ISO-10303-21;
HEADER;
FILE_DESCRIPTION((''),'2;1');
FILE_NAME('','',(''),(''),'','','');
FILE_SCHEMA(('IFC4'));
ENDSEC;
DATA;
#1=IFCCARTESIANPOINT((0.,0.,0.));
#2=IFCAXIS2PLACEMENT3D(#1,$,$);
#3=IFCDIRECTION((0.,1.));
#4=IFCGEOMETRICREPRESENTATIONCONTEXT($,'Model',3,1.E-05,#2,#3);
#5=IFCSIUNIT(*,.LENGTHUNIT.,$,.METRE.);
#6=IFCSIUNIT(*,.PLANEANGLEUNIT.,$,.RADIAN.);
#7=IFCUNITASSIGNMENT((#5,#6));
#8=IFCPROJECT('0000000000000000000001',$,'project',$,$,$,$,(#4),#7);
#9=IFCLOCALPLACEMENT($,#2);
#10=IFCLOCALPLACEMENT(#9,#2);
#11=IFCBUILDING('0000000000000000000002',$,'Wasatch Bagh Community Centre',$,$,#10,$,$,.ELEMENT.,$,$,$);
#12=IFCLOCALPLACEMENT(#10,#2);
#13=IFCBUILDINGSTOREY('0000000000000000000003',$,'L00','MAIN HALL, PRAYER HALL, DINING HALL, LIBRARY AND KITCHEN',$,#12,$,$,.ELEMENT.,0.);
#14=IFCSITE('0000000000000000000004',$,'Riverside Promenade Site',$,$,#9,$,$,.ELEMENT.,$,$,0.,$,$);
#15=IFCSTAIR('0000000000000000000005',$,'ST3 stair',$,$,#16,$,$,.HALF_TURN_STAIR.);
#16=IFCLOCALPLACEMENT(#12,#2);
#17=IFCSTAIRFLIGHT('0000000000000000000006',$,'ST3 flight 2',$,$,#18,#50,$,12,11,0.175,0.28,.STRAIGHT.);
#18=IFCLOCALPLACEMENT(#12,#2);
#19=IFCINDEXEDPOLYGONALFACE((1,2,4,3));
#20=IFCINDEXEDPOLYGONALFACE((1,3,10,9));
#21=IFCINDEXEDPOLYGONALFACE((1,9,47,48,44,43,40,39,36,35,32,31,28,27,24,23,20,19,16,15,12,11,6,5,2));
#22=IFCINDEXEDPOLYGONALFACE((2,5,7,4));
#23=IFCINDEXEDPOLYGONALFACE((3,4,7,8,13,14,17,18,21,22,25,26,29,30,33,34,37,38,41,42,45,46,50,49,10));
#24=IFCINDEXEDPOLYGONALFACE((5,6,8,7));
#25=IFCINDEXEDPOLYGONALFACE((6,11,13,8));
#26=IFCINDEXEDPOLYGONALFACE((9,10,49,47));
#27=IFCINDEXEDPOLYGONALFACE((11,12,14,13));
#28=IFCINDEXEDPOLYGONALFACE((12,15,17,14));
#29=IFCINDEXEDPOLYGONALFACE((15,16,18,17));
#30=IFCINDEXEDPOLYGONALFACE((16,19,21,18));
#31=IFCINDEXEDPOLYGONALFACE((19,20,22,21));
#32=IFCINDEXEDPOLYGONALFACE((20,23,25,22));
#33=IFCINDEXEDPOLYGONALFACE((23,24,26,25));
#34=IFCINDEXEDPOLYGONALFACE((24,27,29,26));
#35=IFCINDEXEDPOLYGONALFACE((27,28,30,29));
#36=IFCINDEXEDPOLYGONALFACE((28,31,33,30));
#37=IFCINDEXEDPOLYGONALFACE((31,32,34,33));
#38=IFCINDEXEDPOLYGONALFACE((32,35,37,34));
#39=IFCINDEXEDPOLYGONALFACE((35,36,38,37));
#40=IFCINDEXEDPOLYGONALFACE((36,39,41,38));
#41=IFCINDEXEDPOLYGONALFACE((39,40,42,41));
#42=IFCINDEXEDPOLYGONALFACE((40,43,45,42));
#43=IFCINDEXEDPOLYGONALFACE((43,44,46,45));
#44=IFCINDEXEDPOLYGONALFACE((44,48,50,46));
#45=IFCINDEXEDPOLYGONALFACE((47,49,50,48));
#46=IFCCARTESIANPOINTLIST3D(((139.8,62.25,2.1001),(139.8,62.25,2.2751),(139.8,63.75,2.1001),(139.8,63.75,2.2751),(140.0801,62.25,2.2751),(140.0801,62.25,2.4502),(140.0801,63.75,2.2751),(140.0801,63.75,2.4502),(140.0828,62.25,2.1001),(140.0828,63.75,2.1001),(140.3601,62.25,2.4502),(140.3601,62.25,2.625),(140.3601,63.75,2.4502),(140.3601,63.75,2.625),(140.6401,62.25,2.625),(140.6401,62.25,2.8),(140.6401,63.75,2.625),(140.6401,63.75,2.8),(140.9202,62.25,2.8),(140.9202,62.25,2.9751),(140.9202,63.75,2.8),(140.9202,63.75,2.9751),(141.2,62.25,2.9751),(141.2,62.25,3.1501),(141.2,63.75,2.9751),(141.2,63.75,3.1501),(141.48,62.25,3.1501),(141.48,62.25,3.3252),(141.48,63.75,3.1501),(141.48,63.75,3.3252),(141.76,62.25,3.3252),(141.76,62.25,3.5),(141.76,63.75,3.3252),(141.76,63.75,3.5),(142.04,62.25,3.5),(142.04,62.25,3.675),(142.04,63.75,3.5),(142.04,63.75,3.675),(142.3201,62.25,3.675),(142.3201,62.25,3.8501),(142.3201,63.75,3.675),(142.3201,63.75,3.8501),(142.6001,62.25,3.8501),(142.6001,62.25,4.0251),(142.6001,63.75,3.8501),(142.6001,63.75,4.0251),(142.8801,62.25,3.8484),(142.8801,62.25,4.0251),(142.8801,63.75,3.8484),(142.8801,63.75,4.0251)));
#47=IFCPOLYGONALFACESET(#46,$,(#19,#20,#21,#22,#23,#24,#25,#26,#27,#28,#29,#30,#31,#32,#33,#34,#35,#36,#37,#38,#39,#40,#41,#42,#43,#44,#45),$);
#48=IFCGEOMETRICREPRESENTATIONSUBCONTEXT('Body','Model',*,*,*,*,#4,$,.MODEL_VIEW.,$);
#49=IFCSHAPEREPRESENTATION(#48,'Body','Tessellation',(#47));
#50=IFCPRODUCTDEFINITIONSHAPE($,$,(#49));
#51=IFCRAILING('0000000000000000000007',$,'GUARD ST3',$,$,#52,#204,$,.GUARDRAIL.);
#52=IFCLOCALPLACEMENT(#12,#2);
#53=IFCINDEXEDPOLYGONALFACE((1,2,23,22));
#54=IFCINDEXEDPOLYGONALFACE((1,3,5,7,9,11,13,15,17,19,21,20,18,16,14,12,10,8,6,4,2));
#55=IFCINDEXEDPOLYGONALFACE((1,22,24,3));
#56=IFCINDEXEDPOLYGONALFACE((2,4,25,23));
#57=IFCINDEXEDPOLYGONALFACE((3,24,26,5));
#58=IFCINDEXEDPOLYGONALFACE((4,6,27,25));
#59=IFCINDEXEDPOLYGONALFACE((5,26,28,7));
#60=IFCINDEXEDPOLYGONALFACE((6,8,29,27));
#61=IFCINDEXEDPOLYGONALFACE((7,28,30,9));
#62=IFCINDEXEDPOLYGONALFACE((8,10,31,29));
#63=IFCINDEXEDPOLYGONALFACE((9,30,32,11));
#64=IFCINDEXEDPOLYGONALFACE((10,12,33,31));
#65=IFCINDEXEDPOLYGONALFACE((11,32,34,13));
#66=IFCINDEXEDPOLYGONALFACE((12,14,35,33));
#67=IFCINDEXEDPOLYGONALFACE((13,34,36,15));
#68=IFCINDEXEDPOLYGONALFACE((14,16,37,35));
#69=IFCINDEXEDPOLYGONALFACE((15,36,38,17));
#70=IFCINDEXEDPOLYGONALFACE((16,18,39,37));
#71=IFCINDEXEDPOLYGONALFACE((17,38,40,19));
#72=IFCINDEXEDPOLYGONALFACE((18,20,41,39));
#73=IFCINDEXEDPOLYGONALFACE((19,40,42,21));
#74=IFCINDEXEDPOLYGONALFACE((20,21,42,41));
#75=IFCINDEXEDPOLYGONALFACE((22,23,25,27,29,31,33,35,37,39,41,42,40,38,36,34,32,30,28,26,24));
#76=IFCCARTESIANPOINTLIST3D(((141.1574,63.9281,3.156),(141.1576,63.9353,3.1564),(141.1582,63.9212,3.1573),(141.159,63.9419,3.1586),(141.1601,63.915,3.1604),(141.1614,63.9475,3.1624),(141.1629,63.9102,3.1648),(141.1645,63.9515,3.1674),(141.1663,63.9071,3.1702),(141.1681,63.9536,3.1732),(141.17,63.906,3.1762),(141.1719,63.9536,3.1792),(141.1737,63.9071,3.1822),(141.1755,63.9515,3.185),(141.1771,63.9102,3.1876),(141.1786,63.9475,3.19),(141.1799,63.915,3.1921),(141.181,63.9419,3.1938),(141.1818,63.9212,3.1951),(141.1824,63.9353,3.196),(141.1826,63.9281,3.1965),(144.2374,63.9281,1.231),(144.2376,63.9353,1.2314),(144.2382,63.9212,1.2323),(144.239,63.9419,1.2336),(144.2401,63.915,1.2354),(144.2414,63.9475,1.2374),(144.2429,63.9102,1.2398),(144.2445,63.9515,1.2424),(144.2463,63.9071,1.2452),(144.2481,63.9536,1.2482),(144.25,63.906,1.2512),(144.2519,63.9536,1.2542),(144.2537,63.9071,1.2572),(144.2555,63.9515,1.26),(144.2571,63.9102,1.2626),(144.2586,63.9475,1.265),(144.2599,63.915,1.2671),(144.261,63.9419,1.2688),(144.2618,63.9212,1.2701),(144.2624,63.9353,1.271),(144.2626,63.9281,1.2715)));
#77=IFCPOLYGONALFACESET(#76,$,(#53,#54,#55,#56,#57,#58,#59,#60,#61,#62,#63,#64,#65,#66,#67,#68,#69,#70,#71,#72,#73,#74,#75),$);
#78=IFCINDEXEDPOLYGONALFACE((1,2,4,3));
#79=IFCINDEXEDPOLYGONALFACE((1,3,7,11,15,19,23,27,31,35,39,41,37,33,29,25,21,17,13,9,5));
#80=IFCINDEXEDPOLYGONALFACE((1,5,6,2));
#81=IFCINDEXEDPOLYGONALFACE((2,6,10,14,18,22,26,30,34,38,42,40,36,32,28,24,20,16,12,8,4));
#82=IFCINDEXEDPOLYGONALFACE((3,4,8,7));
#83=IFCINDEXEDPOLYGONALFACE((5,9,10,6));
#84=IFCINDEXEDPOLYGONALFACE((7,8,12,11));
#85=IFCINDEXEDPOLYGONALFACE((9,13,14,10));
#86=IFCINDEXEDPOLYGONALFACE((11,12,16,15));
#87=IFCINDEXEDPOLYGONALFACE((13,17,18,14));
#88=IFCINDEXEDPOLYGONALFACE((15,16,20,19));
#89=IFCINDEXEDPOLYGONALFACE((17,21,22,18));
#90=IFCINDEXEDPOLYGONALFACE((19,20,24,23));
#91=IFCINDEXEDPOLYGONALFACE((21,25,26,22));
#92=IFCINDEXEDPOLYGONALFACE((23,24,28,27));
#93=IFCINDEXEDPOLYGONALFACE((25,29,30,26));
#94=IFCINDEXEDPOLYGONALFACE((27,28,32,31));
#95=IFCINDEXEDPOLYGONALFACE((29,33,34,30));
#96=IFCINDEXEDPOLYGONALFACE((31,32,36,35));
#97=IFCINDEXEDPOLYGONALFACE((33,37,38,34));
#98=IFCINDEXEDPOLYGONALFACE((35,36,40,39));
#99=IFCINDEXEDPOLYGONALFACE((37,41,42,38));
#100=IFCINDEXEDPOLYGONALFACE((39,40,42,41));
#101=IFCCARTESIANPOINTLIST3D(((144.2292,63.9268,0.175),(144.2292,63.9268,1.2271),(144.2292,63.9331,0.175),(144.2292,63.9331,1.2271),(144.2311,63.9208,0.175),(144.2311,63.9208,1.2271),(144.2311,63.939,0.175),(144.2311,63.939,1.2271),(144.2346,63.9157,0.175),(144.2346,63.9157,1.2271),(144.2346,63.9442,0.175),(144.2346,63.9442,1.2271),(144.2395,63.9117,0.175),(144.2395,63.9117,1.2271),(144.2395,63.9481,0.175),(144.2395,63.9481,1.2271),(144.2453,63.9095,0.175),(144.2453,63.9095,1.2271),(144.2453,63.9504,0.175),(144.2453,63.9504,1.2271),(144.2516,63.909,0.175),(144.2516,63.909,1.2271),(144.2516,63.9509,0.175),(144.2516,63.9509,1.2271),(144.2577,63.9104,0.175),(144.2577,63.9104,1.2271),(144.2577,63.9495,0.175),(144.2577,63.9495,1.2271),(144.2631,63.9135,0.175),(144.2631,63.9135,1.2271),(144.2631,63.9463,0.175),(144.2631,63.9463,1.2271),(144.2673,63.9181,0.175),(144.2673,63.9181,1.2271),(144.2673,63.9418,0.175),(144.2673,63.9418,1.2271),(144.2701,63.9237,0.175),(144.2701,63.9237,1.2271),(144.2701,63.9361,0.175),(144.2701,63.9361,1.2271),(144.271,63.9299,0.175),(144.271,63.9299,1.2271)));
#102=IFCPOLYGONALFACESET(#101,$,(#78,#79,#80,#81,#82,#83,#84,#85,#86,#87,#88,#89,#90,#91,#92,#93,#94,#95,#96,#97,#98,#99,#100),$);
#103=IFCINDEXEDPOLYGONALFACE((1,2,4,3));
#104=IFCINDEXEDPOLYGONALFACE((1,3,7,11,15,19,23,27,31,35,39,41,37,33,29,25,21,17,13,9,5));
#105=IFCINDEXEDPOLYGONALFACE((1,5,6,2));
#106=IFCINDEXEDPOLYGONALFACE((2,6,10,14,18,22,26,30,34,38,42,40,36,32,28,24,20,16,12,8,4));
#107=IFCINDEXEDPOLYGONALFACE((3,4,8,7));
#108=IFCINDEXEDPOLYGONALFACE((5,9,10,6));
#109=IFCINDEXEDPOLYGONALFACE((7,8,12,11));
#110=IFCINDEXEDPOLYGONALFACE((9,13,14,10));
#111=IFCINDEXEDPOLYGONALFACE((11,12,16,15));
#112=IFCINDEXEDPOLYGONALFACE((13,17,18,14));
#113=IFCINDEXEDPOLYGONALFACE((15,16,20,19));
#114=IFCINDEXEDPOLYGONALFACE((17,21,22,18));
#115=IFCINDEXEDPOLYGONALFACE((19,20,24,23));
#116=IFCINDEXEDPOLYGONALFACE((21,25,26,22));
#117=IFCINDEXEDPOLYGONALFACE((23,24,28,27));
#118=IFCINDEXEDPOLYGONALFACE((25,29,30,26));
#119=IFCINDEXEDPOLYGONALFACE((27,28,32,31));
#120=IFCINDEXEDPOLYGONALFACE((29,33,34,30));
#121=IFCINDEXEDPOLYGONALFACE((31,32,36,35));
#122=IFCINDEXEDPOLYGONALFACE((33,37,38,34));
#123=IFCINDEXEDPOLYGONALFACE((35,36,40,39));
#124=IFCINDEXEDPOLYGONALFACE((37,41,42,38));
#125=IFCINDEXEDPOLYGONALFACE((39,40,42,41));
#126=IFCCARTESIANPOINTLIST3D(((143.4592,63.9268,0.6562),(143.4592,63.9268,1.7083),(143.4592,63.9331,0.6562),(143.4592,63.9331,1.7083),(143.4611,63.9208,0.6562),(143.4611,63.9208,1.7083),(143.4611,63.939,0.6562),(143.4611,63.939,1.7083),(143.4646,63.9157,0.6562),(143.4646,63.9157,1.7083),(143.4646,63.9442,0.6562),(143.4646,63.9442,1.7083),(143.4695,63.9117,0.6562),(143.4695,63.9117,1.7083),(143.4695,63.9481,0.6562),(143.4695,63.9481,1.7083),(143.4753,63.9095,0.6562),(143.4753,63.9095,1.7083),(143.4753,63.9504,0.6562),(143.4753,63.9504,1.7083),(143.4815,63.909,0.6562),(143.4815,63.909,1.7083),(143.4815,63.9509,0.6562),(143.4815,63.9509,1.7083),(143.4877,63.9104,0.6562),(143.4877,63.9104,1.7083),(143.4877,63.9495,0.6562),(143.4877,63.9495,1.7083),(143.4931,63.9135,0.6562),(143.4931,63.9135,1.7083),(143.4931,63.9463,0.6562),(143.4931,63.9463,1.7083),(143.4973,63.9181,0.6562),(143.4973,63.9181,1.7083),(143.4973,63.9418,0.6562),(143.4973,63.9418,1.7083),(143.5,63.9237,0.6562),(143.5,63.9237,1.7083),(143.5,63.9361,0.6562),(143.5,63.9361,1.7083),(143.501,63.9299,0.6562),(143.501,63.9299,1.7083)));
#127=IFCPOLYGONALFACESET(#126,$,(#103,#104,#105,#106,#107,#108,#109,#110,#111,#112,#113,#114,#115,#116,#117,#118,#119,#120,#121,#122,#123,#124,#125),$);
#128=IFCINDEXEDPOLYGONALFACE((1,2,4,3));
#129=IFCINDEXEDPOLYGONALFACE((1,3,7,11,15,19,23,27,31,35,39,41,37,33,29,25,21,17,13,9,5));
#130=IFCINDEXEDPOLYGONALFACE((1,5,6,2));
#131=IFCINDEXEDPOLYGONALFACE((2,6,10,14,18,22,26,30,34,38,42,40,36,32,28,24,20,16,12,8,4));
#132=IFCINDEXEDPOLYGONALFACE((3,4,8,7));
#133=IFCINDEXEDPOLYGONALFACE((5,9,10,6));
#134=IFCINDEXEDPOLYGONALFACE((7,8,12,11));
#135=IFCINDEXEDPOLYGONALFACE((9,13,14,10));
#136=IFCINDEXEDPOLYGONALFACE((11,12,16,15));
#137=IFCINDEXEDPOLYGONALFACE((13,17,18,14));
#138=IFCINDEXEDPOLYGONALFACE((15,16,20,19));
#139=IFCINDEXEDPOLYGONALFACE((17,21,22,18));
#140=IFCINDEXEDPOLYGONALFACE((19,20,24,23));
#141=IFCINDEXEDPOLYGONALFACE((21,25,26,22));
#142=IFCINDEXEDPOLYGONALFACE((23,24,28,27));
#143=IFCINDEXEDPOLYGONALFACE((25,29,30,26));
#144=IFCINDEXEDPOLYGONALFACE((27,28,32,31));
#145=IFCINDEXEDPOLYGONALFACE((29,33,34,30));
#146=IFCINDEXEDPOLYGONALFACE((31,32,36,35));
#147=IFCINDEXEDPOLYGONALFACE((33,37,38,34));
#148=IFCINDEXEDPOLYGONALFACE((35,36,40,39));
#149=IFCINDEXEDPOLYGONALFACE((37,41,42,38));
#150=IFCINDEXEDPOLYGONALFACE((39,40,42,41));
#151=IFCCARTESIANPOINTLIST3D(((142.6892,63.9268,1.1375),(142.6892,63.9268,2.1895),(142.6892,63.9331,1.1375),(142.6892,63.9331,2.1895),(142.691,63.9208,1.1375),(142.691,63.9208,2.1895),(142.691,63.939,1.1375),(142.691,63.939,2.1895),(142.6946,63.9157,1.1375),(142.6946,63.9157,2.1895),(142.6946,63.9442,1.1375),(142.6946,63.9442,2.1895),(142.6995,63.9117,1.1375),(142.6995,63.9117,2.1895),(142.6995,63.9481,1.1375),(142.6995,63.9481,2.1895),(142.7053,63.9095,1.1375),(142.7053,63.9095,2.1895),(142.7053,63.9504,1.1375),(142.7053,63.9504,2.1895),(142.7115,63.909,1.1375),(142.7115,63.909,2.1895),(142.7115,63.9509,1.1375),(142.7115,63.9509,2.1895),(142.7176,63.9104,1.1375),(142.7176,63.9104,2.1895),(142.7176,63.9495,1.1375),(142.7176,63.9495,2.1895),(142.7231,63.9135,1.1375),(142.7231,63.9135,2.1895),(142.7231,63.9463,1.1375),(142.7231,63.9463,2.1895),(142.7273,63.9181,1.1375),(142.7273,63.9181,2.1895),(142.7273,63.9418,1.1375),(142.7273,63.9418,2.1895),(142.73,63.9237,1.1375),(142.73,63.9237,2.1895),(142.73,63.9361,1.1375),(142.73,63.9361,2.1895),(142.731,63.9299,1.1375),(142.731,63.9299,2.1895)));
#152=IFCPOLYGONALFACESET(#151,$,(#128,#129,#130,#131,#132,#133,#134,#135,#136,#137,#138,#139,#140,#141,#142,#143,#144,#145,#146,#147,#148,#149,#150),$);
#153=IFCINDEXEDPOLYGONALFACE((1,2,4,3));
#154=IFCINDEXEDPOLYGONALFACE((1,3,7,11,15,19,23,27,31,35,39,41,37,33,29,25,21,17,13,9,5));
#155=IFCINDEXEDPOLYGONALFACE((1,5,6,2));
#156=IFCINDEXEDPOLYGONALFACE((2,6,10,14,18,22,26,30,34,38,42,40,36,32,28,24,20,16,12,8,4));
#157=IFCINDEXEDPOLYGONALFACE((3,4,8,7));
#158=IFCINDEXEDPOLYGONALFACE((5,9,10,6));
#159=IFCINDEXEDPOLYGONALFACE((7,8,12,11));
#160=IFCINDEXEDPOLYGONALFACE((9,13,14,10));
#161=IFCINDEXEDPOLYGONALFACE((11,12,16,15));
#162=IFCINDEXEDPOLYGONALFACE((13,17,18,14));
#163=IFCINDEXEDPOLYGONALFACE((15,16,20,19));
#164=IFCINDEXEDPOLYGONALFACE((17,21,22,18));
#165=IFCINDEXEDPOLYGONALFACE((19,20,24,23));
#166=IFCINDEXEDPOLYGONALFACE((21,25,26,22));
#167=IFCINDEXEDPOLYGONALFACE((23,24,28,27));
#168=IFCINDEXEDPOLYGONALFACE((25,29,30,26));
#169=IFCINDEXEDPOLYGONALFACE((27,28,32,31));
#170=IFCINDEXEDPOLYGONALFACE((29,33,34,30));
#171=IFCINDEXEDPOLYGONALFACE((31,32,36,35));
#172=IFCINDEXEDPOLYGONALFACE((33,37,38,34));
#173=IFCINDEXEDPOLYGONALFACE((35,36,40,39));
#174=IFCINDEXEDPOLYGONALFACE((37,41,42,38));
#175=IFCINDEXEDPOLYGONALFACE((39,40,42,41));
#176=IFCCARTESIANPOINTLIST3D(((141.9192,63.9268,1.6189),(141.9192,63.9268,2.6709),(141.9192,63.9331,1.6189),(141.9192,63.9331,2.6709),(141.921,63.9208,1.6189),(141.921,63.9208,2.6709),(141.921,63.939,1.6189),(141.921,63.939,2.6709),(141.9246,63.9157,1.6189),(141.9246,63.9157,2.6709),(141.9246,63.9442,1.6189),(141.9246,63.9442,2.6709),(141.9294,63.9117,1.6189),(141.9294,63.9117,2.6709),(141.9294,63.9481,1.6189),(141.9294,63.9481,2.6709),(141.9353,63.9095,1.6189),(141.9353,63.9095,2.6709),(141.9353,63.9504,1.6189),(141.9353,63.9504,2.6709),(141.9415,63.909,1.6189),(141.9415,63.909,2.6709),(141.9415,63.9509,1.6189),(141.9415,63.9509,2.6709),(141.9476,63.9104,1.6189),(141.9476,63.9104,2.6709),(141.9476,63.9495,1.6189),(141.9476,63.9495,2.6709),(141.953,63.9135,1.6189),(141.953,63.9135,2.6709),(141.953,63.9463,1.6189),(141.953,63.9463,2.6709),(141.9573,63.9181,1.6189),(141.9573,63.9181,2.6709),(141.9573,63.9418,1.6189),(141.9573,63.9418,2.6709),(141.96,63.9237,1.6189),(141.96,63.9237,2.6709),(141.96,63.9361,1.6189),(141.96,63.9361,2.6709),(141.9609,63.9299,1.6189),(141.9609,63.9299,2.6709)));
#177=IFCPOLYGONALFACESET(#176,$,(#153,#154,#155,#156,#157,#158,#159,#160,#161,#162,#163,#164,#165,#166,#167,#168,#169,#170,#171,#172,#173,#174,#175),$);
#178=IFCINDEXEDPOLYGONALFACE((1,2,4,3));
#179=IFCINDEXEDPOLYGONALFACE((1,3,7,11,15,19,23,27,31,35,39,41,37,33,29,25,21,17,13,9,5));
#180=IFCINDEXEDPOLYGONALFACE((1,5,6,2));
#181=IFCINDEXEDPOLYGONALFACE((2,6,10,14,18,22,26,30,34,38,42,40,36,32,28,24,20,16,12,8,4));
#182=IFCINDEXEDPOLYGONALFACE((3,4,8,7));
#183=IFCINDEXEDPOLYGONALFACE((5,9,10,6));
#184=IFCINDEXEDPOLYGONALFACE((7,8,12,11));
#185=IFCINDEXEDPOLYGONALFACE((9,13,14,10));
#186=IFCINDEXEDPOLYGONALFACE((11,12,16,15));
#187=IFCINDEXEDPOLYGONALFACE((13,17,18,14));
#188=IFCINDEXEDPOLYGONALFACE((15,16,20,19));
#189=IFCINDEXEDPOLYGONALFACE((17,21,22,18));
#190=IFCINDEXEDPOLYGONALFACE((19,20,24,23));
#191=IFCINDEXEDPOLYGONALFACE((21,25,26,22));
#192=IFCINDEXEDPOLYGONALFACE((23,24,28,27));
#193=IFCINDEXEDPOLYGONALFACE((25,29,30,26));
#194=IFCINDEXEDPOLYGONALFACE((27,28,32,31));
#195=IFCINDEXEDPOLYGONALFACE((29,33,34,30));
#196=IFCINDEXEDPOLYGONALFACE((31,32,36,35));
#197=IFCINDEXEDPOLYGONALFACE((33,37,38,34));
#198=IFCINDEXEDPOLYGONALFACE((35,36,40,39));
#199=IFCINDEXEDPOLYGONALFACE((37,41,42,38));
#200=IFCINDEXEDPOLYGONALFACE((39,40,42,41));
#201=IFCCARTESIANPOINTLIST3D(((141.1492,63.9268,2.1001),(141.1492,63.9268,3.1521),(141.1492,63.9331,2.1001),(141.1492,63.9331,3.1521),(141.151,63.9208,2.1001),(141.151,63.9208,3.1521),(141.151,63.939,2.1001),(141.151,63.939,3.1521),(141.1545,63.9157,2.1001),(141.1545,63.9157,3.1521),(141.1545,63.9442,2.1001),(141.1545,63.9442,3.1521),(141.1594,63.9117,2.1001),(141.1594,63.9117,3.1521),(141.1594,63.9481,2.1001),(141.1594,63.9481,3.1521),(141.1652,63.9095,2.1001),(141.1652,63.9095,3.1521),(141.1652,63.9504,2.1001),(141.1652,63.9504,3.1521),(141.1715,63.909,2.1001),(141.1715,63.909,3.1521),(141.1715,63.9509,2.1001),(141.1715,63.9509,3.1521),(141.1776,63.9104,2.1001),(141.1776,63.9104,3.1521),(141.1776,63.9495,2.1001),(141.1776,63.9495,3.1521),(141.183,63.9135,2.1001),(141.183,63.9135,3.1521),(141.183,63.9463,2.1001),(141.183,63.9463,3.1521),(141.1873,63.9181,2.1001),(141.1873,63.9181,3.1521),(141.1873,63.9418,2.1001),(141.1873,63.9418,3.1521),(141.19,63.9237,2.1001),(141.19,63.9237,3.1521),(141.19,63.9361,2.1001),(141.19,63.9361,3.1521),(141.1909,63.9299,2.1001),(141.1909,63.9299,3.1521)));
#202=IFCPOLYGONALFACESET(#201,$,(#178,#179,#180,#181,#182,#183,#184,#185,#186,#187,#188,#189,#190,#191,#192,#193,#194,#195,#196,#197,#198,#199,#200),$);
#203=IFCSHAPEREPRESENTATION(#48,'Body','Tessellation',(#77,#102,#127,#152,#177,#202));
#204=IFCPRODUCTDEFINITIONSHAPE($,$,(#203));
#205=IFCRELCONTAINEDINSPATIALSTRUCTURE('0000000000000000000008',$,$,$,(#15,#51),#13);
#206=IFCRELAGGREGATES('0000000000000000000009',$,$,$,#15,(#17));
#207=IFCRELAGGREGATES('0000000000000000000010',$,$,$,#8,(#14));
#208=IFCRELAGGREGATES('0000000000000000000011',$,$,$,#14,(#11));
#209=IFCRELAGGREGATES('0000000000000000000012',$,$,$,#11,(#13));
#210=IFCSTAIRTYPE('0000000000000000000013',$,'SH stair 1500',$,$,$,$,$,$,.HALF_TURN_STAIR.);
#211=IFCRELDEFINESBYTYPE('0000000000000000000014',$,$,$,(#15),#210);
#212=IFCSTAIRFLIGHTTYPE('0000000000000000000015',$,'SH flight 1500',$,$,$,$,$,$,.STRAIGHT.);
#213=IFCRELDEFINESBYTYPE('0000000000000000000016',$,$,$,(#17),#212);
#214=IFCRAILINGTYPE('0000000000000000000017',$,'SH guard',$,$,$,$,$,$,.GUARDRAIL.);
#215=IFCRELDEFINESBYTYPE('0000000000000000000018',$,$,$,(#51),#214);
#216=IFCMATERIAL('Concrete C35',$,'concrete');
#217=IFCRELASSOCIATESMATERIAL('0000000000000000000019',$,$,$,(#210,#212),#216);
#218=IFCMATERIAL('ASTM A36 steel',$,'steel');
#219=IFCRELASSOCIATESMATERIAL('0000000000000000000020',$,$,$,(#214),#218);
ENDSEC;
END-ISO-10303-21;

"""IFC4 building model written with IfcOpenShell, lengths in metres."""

from ifc_helpers import new_model, si_unit, direction, frame, origin, origin_2d, place, context, subcontext, project, spatial, polyline, circle, outline, extrude, material, type_object, element, aggregate, save


model = new_model("IFC4")

# Units and contexts
model_context = context("Model", 3, precision=1e-05, world=origin(), true_north=direction((0.0, 1.0)))
body_context = subcontext(model_context, "Body", "Model", "MODEL_VIEW")
ifc_project = project(units=[si_unit("LENGTHUNIT", "METRE"), si_unit("PLANEANGLEUNIT", "RADIAN")], contexts=[model_context])

# Site, building, storey
site_placement = place(None, origin())
site = spatial("IfcSite", under=ifc_project, at=site_placement, Name="Riverside Promenade Site", CompositionType="ELEMENT", RefElevation=0.0)
building_placement = place(site_placement, origin())
building = spatial("IfcBuilding", under=site, at=building_placement, Name="Wasatch Bagh Community Centre", CompositionType="ELEMENT")
storey_placement = place(building_placement, origin())
storey = spatial("IfcBuildingStorey", under=building, at=storey_placement, Name="L00", Description="MAIN HALL, PRAYER HALL, DINING HALL, LIBRARY AND KITCHEN", CompositionType="ELEMENT", Elevation=0.0)

# Shared definitions
ifc_material_1 = material(Name="Concrete C35", Category="concrete")

# Stair, stair flight
stair_type = type_object("IfcStairType", Name="SH stair 1500", PredefinedType="HALF_TURN_STAIR", material=ifc_material_1)
stair_placement = place(storey_placement, origin())
stair = element("IfcStair", 1, at=stair_placement, inside=storey, type_object=stair_type, Name="ST3 stair", PredefinedType="HALF_TURN_STAIR")
stair_flight_type = type_object("IfcStairFlightType", Name="SH flight 1500", PredefinedType="STRAIGHT", material=ifc_material_1)
stair_flight_1_placement = place(storey_placement, frame((139.8, 63.0, 2.1001), z_axis=(0.0, 0.0, 1.0), x_axis=(1.0, 0.0, 0.0)))
stair_flight_1 = element("IfcStairFlight", 2, at=stair_flight_1_placement, type_object=stair_flight_type, Name="ST3 flight 2", NumberOfRisers=12, NumberOfTreads=11, PredefinedType="STRAIGHT", RiserHeight=0.175, TreadLength=0.28, context=body_context, shape_type="SweptSolid", body=[
    extrude(outline(polyline([(0.0, 0.0), (0.0, 0.175), (0.28, 0.175), (0.28, 0.3501), (0.5601, 0.3501), (0.5601, 0.5249), (0.8401, 0.5249), (0.8401, 0.7), (1.1201, 0.7), (1.1201, 0.875), (1.3999, 0.875), (1.3999, 1.05), (1.6799, 1.05), (1.6799, 1.2251), (1.96, 1.2251), (1.96, 1.3999), (2.24, 1.3999), (2.24, 1.575), (2.52, 1.575), (2.52, 1.75), (2.8, 1.75), (2.8, 1.925), (3.0801, 1.925), (3.0801, 2.1001), (3.0801, 1.7483), (0.2827, 0.0), (0.0, 0.0)])), frame((0.0, 0.75, 0.0), z_axis=(0.0, -1.0, 0.0), x_axis=(1.0, 0.0, 0.0)), (0.0, 0.0, 1.0), 1.5),
])
aggregate(stair, [stair_flight_1])

# Railing
ifc_material_2 = material(Name="ASTM A36 steel", Category="steel")
railing_type_1 = type_object("IfcRailingType", Name="SH guard", PredefinedType="GUARDRAIL", material=ifc_material_2)
for number, where, name in (
    (3, (144.25, 63.9299, 0.175), "GUARD ST3"),
):
    element("IfcRailing", number, at=place(storey_placement, frame(where)), inside=storey, type_object=railing_type_1, Name=name, PredefinedType="GUARDRAIL", context=body_context, shape_type="SweptSolid", body=[
        extrude(circle(Radius=0.0239, at=origin_2d()), frame((0.0, 0.0, 1.0762), z_axis=(-0.847998, 0.0, 0.529999), x_axis=(0.0, -1.0, 0.0)), (0.0, 0.0, 1.0), 3.6321),
        extrude(circle(Radius=0.021, at=origin_2d()), origin(), (0.0, 0.0, 1.0), 1.052),
        extrude(circle(Radius=0.021, at=origin_2d()), frame((-0.77, 0.0, 0.4812)), (0.0, 0.0, 1.0), 1.052),
        extrude(circle(Radius=0.021, at=origin_2d()), frame((-1.54, 0.0, 0.9624)), (0.0, 0.0, 1.0), 1.052),
        extrude(circle(Radius=0.021, at=origin_2d()), frame((-2.3101, 0.0, 1.4438)), (0.0, 0.0, 1.0), 1.052),
        extrude(circle(Radius=0.021, at=origin_2d()), frame((-3.0801, 0.0, 1.925)), (0.0, 0.0, 1.0), 1.052),
    ])

save(model, "model.ifc")
